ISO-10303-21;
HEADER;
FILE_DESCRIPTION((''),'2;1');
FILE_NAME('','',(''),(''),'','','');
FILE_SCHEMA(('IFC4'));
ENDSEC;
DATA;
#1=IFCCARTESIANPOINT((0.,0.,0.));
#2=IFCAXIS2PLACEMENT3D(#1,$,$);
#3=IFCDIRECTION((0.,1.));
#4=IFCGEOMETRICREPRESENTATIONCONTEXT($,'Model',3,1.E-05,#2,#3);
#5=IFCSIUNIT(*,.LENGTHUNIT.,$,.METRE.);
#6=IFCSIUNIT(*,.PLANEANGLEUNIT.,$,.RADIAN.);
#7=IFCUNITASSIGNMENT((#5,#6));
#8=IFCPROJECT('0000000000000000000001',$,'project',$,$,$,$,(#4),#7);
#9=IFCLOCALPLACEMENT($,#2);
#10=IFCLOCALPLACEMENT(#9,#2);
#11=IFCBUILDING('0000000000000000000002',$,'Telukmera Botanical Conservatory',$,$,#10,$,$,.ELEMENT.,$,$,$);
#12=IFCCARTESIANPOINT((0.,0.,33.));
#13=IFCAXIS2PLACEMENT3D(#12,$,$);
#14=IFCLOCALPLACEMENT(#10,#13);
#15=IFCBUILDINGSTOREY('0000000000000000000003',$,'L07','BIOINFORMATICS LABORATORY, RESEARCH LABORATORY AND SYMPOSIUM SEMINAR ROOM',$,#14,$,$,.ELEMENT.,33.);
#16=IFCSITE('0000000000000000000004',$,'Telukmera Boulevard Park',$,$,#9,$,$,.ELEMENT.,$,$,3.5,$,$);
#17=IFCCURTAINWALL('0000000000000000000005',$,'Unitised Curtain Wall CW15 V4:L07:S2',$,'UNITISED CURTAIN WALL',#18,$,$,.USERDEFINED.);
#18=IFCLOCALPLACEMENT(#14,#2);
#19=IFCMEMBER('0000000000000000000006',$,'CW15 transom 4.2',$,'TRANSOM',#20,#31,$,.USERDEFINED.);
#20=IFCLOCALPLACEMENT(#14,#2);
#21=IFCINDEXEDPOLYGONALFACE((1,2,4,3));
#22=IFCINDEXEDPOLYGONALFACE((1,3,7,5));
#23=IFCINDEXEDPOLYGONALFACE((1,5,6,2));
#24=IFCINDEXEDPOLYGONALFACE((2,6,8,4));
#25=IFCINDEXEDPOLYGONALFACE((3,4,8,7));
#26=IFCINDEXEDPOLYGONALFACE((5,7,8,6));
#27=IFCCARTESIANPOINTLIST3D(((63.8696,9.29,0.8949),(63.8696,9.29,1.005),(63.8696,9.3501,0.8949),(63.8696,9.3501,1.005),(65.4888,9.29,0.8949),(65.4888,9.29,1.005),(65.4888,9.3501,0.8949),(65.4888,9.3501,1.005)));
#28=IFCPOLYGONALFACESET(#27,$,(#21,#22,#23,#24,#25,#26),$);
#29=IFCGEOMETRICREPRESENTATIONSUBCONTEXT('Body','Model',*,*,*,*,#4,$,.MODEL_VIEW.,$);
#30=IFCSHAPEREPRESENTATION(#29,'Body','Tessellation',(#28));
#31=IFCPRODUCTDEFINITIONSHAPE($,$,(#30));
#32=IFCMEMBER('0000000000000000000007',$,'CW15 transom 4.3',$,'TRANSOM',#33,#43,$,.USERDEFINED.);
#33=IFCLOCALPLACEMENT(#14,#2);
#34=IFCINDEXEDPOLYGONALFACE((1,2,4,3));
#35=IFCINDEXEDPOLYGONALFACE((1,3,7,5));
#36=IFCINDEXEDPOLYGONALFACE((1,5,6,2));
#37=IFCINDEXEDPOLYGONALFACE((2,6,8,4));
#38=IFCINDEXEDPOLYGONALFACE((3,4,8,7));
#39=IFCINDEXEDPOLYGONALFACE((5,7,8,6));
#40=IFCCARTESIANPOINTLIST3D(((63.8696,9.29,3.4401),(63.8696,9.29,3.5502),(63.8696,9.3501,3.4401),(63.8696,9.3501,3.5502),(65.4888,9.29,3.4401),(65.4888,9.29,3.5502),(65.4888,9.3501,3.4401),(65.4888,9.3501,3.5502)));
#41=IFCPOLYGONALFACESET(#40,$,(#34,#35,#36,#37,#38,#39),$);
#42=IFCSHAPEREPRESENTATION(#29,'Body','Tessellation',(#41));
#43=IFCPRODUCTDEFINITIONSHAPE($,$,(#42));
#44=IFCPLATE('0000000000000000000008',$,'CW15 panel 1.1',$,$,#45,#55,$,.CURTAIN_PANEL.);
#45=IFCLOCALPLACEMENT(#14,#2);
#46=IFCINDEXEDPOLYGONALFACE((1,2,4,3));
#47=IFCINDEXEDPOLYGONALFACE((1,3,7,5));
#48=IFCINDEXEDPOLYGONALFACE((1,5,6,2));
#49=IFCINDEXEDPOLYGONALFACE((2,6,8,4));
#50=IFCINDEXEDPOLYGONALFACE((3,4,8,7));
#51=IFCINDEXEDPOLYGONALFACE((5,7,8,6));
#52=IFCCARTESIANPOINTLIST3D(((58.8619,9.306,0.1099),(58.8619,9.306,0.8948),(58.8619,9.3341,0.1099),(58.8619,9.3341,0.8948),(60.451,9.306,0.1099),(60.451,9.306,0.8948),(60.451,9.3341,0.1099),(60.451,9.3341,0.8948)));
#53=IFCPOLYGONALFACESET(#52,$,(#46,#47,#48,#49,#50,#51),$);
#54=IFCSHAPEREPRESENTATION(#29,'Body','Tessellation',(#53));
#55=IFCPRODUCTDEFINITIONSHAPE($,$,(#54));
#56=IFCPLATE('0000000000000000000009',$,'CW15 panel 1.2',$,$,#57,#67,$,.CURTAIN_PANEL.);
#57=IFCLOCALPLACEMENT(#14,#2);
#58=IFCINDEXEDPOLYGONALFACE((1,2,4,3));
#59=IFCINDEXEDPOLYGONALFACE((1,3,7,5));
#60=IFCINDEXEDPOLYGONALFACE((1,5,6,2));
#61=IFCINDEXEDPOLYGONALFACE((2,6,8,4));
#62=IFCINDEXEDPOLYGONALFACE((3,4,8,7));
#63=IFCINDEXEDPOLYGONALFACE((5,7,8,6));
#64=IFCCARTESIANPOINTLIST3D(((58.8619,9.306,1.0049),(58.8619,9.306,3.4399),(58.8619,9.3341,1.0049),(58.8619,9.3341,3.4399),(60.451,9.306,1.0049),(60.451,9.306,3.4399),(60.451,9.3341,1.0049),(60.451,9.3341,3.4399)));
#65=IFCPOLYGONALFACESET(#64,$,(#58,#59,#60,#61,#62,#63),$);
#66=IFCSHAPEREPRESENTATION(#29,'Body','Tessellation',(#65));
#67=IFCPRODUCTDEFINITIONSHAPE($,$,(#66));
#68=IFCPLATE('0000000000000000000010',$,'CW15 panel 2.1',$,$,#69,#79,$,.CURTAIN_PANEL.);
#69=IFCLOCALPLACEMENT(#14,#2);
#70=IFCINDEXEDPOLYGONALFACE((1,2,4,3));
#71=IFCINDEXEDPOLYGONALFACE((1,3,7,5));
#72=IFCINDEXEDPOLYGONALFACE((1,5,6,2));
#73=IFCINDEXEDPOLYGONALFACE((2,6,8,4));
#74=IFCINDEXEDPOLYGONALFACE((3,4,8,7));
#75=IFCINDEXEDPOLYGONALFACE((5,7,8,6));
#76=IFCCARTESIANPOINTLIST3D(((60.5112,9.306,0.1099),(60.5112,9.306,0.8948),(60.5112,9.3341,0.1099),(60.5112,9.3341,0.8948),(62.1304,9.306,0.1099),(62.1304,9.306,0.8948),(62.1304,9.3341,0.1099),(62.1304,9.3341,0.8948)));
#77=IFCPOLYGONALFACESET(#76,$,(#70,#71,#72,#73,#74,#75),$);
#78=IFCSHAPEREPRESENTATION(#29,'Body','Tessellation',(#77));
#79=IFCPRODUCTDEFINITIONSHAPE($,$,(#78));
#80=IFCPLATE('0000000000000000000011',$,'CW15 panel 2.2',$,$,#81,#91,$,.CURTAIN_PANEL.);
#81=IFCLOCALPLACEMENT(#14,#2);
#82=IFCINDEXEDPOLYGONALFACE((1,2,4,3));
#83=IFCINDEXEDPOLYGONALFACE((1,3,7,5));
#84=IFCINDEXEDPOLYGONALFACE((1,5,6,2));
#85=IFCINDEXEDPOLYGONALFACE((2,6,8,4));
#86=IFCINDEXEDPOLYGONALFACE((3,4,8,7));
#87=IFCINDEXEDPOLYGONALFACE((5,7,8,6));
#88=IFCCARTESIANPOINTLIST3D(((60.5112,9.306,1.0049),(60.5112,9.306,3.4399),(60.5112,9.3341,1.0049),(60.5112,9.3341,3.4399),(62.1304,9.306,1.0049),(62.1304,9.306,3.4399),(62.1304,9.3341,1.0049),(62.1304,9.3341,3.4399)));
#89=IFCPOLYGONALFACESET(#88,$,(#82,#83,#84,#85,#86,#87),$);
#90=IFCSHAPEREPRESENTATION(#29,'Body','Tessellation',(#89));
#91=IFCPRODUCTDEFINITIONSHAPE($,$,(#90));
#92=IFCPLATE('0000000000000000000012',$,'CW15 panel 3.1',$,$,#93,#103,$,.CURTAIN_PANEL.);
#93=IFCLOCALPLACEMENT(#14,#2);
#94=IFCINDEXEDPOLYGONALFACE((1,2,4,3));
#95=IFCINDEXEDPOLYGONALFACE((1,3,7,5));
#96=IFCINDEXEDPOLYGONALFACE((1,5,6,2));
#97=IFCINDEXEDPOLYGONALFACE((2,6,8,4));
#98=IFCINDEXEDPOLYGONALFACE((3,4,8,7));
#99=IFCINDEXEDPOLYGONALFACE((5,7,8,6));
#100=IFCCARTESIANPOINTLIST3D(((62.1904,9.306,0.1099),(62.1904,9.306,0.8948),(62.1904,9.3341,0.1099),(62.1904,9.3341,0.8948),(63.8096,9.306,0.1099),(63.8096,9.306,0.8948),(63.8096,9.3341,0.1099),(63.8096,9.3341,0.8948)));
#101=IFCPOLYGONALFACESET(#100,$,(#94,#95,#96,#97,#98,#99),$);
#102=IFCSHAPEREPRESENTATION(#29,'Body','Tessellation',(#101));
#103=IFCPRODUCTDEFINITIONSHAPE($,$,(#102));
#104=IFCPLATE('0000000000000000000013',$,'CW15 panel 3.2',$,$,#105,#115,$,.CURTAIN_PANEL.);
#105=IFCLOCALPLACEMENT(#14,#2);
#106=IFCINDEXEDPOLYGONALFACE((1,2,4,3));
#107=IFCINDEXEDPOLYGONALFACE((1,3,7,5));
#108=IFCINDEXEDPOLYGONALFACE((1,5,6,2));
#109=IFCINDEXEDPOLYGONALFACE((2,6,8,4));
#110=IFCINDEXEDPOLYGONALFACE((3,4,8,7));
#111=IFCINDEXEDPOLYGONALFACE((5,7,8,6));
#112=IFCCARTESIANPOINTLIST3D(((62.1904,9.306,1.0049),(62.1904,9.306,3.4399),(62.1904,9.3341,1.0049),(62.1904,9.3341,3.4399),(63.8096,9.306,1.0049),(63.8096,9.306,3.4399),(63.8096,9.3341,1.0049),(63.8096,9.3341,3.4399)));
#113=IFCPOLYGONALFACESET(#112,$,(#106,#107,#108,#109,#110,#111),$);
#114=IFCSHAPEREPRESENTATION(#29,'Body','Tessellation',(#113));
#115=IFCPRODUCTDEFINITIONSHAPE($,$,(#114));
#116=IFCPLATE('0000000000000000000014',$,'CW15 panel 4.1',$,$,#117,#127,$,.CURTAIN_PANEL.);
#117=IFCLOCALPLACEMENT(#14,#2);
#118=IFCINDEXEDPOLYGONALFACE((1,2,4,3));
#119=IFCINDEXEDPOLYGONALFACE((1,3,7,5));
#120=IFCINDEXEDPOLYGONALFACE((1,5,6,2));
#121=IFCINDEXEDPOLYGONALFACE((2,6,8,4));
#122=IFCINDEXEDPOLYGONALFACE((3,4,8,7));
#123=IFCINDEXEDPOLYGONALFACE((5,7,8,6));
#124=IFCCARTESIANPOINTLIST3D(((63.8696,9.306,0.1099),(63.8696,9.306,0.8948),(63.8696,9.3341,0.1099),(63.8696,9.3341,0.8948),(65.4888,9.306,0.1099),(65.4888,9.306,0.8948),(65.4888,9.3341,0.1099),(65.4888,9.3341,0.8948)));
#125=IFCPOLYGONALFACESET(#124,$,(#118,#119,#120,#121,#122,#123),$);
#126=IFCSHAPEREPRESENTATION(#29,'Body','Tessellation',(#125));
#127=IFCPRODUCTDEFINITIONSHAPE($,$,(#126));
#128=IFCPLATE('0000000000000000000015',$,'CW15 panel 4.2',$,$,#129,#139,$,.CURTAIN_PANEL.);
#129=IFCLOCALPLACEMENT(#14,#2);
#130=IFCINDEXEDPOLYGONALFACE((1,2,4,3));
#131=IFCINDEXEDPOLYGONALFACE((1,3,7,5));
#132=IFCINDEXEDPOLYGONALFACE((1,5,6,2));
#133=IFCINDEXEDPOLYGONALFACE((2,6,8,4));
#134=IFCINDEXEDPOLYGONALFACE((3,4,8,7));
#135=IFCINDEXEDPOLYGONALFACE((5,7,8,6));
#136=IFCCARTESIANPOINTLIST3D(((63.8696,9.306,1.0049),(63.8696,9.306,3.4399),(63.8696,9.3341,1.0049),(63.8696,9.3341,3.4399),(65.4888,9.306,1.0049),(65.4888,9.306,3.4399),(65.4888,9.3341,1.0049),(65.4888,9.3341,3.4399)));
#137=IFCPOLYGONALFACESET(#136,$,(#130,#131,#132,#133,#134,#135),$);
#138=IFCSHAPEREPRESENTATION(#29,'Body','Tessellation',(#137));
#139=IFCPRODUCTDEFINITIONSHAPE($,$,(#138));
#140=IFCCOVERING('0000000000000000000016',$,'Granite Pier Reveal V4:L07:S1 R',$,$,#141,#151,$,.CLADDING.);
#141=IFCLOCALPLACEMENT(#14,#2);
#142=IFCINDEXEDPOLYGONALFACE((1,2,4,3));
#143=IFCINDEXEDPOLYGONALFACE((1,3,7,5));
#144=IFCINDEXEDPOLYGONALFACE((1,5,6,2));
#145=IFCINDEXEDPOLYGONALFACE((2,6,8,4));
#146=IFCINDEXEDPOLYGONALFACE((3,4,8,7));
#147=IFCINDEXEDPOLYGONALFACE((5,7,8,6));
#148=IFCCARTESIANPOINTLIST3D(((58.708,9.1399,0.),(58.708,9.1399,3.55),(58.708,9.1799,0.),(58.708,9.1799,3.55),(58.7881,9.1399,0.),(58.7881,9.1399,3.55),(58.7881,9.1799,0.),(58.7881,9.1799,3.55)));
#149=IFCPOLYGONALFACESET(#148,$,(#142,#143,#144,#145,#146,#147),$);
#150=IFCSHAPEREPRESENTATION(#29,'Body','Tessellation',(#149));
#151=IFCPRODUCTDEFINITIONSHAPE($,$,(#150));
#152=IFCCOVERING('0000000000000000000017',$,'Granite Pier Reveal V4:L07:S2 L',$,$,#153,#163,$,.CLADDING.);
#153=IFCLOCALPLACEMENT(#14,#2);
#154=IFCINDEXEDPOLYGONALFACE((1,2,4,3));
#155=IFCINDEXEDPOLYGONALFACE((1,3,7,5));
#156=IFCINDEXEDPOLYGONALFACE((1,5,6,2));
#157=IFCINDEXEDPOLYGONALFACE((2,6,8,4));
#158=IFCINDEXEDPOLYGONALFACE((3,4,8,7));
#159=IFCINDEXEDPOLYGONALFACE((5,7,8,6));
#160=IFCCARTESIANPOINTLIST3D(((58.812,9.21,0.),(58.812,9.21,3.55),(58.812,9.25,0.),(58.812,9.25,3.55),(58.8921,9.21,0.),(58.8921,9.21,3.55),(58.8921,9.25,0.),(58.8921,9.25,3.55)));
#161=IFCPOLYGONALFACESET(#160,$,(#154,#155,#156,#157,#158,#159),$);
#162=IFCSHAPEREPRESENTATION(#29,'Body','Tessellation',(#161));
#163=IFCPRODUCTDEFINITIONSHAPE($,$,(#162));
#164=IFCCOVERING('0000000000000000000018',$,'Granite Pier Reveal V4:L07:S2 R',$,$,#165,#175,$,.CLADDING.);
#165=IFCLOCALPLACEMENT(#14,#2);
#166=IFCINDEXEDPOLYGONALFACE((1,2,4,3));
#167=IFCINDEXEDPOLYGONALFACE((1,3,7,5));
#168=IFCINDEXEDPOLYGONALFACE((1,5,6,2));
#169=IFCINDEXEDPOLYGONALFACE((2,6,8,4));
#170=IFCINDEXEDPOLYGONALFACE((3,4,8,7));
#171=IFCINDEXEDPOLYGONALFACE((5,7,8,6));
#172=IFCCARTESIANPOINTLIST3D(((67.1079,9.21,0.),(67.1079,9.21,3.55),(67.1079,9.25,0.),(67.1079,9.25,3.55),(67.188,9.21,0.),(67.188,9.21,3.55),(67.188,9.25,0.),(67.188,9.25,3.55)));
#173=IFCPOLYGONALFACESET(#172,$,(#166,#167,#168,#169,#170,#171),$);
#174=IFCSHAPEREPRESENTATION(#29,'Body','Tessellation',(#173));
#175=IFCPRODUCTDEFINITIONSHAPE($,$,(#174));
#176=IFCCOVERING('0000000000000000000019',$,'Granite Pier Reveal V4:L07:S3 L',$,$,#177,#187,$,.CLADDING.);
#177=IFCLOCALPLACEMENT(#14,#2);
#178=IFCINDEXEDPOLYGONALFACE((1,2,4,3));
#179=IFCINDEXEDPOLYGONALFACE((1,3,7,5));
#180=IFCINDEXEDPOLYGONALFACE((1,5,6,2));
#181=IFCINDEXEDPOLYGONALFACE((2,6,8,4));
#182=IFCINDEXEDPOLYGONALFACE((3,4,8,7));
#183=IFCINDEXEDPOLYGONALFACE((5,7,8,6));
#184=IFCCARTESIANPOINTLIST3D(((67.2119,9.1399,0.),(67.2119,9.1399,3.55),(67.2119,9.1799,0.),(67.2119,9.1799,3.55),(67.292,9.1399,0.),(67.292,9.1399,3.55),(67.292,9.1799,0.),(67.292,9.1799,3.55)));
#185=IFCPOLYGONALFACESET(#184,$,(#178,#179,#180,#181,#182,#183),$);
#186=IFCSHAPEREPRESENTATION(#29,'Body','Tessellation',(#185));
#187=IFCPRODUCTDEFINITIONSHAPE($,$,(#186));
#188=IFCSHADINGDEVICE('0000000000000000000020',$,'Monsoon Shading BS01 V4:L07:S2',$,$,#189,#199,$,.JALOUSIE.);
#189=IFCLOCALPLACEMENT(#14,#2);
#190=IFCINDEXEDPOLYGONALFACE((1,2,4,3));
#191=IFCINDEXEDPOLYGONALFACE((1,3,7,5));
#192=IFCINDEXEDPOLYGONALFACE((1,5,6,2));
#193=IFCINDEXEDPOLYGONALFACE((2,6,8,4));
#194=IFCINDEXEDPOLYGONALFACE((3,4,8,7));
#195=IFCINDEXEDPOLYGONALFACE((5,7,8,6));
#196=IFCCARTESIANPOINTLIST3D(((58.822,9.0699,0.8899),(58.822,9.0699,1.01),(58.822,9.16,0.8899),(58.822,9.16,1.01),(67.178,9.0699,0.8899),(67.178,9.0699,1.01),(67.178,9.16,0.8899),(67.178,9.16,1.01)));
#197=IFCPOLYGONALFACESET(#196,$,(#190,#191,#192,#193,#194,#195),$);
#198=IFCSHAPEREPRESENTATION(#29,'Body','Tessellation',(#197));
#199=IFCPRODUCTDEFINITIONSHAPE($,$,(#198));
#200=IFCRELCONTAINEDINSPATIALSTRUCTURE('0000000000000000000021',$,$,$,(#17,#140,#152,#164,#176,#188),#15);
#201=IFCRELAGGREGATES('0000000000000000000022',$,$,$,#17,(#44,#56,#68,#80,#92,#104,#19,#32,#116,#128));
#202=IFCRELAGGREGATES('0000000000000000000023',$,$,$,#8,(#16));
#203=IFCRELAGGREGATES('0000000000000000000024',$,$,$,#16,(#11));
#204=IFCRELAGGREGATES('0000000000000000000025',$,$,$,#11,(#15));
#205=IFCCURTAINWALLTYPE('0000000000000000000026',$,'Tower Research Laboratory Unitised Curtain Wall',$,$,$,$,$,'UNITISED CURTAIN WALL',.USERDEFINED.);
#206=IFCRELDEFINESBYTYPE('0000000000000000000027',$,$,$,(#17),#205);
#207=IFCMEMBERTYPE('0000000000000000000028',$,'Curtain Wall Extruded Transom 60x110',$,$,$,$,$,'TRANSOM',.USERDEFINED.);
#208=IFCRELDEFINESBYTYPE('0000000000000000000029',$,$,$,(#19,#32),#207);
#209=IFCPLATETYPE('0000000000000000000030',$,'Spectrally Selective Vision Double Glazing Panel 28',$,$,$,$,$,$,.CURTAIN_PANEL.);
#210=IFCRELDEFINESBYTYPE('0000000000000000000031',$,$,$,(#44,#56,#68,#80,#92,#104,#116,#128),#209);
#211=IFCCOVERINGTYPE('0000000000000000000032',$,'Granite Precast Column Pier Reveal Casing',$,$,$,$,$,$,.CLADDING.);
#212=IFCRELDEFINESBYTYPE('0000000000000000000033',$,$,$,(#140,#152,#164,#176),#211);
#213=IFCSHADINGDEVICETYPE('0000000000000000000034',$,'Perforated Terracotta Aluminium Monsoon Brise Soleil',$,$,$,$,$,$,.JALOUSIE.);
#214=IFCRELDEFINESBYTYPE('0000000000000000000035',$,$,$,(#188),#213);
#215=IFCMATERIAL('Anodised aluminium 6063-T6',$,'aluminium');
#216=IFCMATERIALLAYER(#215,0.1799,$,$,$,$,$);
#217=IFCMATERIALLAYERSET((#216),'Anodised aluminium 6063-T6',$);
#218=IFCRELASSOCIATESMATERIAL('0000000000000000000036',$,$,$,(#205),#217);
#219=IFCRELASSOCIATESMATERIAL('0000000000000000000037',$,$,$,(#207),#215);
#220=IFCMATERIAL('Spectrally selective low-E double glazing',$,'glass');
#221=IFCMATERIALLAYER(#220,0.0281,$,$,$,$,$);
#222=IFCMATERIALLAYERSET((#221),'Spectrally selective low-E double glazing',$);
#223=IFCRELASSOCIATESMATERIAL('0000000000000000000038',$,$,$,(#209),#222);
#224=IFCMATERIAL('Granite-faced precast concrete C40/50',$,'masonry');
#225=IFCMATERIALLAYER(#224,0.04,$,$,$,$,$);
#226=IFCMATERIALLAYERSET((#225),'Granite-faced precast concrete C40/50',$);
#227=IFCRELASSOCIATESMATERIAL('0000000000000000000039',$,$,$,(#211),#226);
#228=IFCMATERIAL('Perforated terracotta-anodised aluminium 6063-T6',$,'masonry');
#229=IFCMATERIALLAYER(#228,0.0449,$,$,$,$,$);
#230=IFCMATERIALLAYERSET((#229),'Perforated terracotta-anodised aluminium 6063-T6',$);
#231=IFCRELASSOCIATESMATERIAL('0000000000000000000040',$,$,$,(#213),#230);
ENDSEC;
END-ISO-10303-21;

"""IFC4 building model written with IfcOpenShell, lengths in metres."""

from ifc_helpers import new_model, si_unit, direction, frame, origin, origin_2d, place, context, subcontext, project, spatial, rectangle, extrude, material, layer, layer_set, material_profile, profile_set, type_object, element, aggregate, save


model = new_model("IFC4")

# Units and contexts
model_context = context("Model", 3, precision=1e-05, world=origin(), true_north=direction((0.0, 1.0)))
body_context = subcontext(model_context, "Body", "Model", "MODEL_VIEW")
ifc_project = project(units=[si_unit("LENGTHUNIT", "METRE"), si_unit("PLANEANGLEUNIT", "RADIAN")], contexts=[model_context])

# Site, building, storey
site_placement = place(None, origin())
site = spatial("IfcSite", under=ifc_project, at=site_placement, Name="Telukmera Boulevard Park", CompositionType="ELEMENT", RefElevation=3.5)
building_placement = place(site_placement, origin())
building = spatial("IfcBuilding", under=site, at=building_placement, Name="Telukmera Botanical Conservatory", CompositionType="ELEMENT")
storey_placement = place(building_placement, frame((0.0, 0.0, 33.0)))
storey = spatial("IfcBuildingStorey", under=building, at=storey_placement, Name="L07", Description="BIOINFORMATICS LABORATORY, RESEARCH LABORATORY AND SYMPOSIUM SEMINAR ROOM", CompositionType="ELEMENT", Elevation=33.0)

# Curtain wall, members, plates
ifc_material_1 = material(Name="Anodised aluminium 6063-T6", Category="aluminium")
ifc_layer_1 = layer(ifc_material_1, 0.1799)
ifc_layer_set_1 = layer_set([ifc_layer_1], Name="Anodised aluminium 6063-T6")
curtain_wall_type = type_object("IfcCurtainWallType", Name="Tower Research Laboratory Unitised Curtain Wall", ElementType="UNITISED CURTAIN WALL", PredefinedType="USERDEFINED", material=ifc_layer_set_1)
curtain_wall_placement = place(storey_placement, origin())
curtain_wall = element("IfcCurtainWall", 1, at=curtain_wall_placement, inside=storey, type_object=curtain_wall_type, Name="Unitised Curtain Wall CW15 V4:L07:S2", ObjectType="UNITISED CURTAIN WALL", PredefinedType="USERDEFINED")
ifc_material_profile_1 = material_profile(ifc_material_1, rectangle(XDim=0.0601, YDim=0.1101, at=origin_2d()), Name="ALU TRAN 60x110")
ifc_profile_set_1 = profile_set([ifc_material_profile_1], Name="Anodised aluminium 6063-T6")
member_type_1 = type_object("IfcMemberType", Name="Curtain Wall Extruded Transom 60x110", ElementType="TRANSOM", PredefinedType="USERDEFINED", material=ifc_profile_set_1)
member_1_placement = place(storey_placement, frame((63.8696, 9.3201, 0.95), z_axis=(1.0, 0.0, 0.0), x_axis=(0.0, 1.0, 0.0)))
member_1 = element("IfcMember", 2, at=member_1_placement, type_object=member_type_1, Name="CW15 transom 4.2", ObjectType="TRANSOM", PredefinedType="USERDEFINED", context=body_context, shape_type="SweptSolid", body=[
    extrude(rectangle(XDim=0.0601, YDim=0.1101, at=origin_2d()), origin(), (0.0, 0.0, 1.0), 1.6191),
])
member_2_placement = place(storey_placement, frame((63.8696, 9.3201, 3.4951), z_axis=(1.0, 0.0, 0.0), x_axis=(0.0, 1.0, 0.0)))
member_2 = element("IfcMember", 3, at=member_2_placement, type_object=member_type_1, Name="CW15 transom 4.3", ObjectType="TRANSOM", PredefinedType="USERDEFINED", context=body_context, shape_type="SweptSolid", body=[
    extrude(rectangle(XDim=0.0601, YDim=0.1101, at=origin_2d()), origin(), (0.0, 0.0, 1.0), 1.6191),
])
ifc_material_2 = material(Name="Spectrally selective low-E double glazing", Category="glass")
ifc_layer_2 = layer(ifc_material_2, 0.0281)
ifc_layer_set_2 = layer_set([ifc_layer_2], Name="Spectrally selective low-E double glazing")
plate_type = type_object("IfcPlateType", Name="Spectrally Selective Vision Double Glazing Panel 28", PredefinedType="CURTAIN_PANEL", material=ifc_layer_set_2)
plate_1_placement = place(storey_placement, frame((59.6565, 9.3201, 0.1099), z_axis=(0.0, 0.0, 1.0), x_axis=(1.0, 0.0, 0.0)))
plate_1 = element("IfcPlate", 4, at=plate_1_placement, type_object=plate_type, Name="CW15 panel 1.1", PredefinedType="CURTAIN_PANEL", context=body_context, shape_type="SweptSolid", body=[
    extrude(rectangle(XDim=1.5891, YDim=0.0281, at=origin_2d()), origin(), (0.0, 0.0, 1.0), 0.7849),
])
plate_2_placement = place(storey_placement, frame((59.6565, 9.3201, 1.0049), z_axis=(0.0, 0.0, 1.0), x_axis=(1.0, 0.0, 0.0)))
plate_2 = element("IfcPlate", 5, at=plate_2_placement, type_object=plate_type, Name="CW15 panel 1.2", PredefinedType="CURTAIN_PANEL", context=body_context, shape_type="SweptSolid", body=[
    extrude(rectangle(XDim=1.5891, YDim=0.0281, at=origin_2d()), origin(), (0.0, 0.0, 1.0), 2.4351),
])
plate_3_placement = place(storey_placement, frame((61.3208, 9.3201, 0.1099), z_axis=(0.0, 0.0, 1.0), x_axis=(1.0, 0.0, 0.0)))
plate_3 = element("IfcPlate", 6, at=plate_3_placement, type_object=plate_type, Name="CW15 panel 2.1", PredefinedType="CURTAIN_PANEL", context=body_context, shape_type="SweptSolid", body=[
    extrude(rectangle(XDim=1.6191, YDim=0.0281, at=origin_2d()), origin(), (0.0, 0.0, 1.0), 0.7849),
])
plate_4_placement = place(storey_placement, frame((61.3208, 9.3201, 1.0049), z_axis=(0.0, 0.0, 1.0), x_axis=(1.0, 0.0, 0.0)))
plate_4 = element("IfcPlate", 7, at=plate_4_placement, type_object=plate_type, Name="CW15 panel 2.2", PredefinedType="CURTAIN_PANEL", context=body_context, shape_type="SweptSolid", body=[
    extrude(rectangle(XDim=1.6191, YDim=0.0281, at=origin_2d()), origin(), (0.0, 0.0, 1.0), 2.4351),
])
plate_5_placement = place(storey_placement, frame((63.0, 9.3201, 0.1099), z_axis=(0.0, 0.0, 1.0), x_axis=(1.0, 0.0, 0.0)))
plate_5 = element("IfcPlate", 8, at=plate_5_placement, type_object=plate_type, Name="CW15 panel 3.1", PredefinedType="CURTAIN_PANEL", context=body_context, shape_type="SweptSolid", body=[
    extrude(rectangle(XDim=1.6191, YDim=0.0281, at=origin_2d()), origin(), (0.0, 0.0, 1.0), 0.7849),
])
plate_6_placement = place(storey_placement, frame((63.0, 9.3201, 1.0049), z_axis=(0.0, 0.0, 1.0), x_axis=(1.0, 0.0, 0.0)))
plate_6 = element("IfcPlate", 9, at=plate_6_placement, type_object=plate_type, Name="CW15 panel 3.2", PredefinedType="CURTAIN_PANEL", context=body_context, shape_type="SweptSolid", body=[
    extrude(rectangle(XDim=1.6191, YDim=0.0281, at=origin_2d()), origin(), (0.0, 0.0, 1.0), 2.4351),
])
plate_7_placement = place(storey_placement, frame((64.6792, 9.3201, 0.1099), z_axis=(0.0, 0.0, 1.0), x_axis=(1.0, 0.0, 0.0)))
plate_7 = element("IfcPlate", 10, at=plate_7_placement, type_object=plate_type, Name="CW15 panel 4.1", PredefinedType="CURTAIN_PANEL", context=body_context, shape_type="SweptSolid", body=[
    extrude(rectangle(XDim=1.6191, YDim=0.0281, at=origin_2d()), origin(), (0.0, 0.0, 1.0), 0.7849),
])
plate_8_placement = place(storey_placement, frame((64.6792, 9.3201, 1.0049), z_axis=(0.0, 0.0, 1.0), x_axis=(1.0, 0.0, 0.0)))
plate_8 = element("IfcPlate", 11, at=plate_8_placement, type_object=plate_type, Name="CW15 panel 4.2", PredefinedType="CURTAIN_PANEL", context=body_context, shape_type="SweptSolid", body=[
    extrude(rectangle(XDim=1.6191, YDim=0.0281, at=origin_2d()), origin(), (0.0, 0.0, 1.0), 2.4351),
])
aggregate(curtain_wall, [plate_1, plate_2, plate_3, plate_4, plate_5, plate_6, member_1, member_2, plate_7, plate_8])

# Coverings
ifc_material_3 = material(Name="Granite-faced precast concrete C40/50", Category="masonry")
ifc_layer_3 = layer(ifc_material_3, 0.04)
ifc_layer_set_3 = layer_set([ifc_layer_3], Name="Granite-faced precast concrete C40/50")
covering_type_1 = type_object("IfcCoveringType", Name="Granite Precast Column Pier Reveal Casing", PredefinedType="CLADDING", material=ifc_layer_set_3)
for number, where, z_axis, x_axis, name in (
    (12, (58.748, 9.1599, 0.0), (0.0, 0.0, 1.0), (1.0, 0.0, 0.0), "Granite Pier Reveal V4:L07:S1 R"),
    (13, (58.8521, 9.23, 0.0), (0.0, 0.0, 1.0), (1.0, 0.0, 0.0), "Granite Pier Reveal V4:L07:S2 L"),
    (14, (67.1479, 9.23, 0.0), (0.0, 0.0, 1.0), (1.0, 0.0, 0.0), "Granite Pier Reveal V4:L07:S2 R"),
    (15, (67.252, 9.1599, 0.0), (0.0, 0.0, 1.0), (1.0, 0.0, 0.0), "Granite Pier Reveal V4:L07:S3 L"),
):
    element("IfcCovering", number, at=place(storey_placement, frame(where, z_axis=z_axis, x_axis=x_axis)), inside=storey, type_object=covering_type_1, Name=name, PredefinedType="CLADDING", context=body_context, shape_type="SweptSolid", body=[
        extrude(rectangle(XDim=0.0801, YDim=0.04, at=origin_2d()), origin(), (0.0, 0.0, 1.0), 3.55),
    ])

# Shading device
ifc_material_4 = material(Name="Perforated terracotta-anodised aluminium 6063-T6", Category="masonry")
ifc_layer_4 = layer(ifc_material_4, 0.0449)
ifc_layer_set_4 = layer_set([ifc_layer_4], Name="Perforated terracotta-anodised aluminium 6063-T6")
shading_device_type = type_object("IfcShadingDeviceType", Name="Perforated Terracotta Aluminium Monsoon Brise Soleil", PredefinedType="JALOUSIE", material=ifc_layer_set_4)
shading_device_placement = place(storey_placement, frame((63.0, 9.115, 0.8899), z_axis=(0.0, 0.0, 1.0), x_axis=(1.0, 0.0, 0.0)))
element("IfcShadingDevice", 16, at=shading_device_placement, inside=storey, type_object=shading_device_type, Name="Monsoon Shading BS01 V4:L07:S2", PredefinedType="JALOUSIE", context=body_context, shape_type="SweptSolid", body=[
    extrude(rectangle(XDim=8.356, YDim=0.0901, at=origin_2d()), origin(), (0.0, 0.0, 1.0), 0.1201),
])

save(model, "model.ifc")
